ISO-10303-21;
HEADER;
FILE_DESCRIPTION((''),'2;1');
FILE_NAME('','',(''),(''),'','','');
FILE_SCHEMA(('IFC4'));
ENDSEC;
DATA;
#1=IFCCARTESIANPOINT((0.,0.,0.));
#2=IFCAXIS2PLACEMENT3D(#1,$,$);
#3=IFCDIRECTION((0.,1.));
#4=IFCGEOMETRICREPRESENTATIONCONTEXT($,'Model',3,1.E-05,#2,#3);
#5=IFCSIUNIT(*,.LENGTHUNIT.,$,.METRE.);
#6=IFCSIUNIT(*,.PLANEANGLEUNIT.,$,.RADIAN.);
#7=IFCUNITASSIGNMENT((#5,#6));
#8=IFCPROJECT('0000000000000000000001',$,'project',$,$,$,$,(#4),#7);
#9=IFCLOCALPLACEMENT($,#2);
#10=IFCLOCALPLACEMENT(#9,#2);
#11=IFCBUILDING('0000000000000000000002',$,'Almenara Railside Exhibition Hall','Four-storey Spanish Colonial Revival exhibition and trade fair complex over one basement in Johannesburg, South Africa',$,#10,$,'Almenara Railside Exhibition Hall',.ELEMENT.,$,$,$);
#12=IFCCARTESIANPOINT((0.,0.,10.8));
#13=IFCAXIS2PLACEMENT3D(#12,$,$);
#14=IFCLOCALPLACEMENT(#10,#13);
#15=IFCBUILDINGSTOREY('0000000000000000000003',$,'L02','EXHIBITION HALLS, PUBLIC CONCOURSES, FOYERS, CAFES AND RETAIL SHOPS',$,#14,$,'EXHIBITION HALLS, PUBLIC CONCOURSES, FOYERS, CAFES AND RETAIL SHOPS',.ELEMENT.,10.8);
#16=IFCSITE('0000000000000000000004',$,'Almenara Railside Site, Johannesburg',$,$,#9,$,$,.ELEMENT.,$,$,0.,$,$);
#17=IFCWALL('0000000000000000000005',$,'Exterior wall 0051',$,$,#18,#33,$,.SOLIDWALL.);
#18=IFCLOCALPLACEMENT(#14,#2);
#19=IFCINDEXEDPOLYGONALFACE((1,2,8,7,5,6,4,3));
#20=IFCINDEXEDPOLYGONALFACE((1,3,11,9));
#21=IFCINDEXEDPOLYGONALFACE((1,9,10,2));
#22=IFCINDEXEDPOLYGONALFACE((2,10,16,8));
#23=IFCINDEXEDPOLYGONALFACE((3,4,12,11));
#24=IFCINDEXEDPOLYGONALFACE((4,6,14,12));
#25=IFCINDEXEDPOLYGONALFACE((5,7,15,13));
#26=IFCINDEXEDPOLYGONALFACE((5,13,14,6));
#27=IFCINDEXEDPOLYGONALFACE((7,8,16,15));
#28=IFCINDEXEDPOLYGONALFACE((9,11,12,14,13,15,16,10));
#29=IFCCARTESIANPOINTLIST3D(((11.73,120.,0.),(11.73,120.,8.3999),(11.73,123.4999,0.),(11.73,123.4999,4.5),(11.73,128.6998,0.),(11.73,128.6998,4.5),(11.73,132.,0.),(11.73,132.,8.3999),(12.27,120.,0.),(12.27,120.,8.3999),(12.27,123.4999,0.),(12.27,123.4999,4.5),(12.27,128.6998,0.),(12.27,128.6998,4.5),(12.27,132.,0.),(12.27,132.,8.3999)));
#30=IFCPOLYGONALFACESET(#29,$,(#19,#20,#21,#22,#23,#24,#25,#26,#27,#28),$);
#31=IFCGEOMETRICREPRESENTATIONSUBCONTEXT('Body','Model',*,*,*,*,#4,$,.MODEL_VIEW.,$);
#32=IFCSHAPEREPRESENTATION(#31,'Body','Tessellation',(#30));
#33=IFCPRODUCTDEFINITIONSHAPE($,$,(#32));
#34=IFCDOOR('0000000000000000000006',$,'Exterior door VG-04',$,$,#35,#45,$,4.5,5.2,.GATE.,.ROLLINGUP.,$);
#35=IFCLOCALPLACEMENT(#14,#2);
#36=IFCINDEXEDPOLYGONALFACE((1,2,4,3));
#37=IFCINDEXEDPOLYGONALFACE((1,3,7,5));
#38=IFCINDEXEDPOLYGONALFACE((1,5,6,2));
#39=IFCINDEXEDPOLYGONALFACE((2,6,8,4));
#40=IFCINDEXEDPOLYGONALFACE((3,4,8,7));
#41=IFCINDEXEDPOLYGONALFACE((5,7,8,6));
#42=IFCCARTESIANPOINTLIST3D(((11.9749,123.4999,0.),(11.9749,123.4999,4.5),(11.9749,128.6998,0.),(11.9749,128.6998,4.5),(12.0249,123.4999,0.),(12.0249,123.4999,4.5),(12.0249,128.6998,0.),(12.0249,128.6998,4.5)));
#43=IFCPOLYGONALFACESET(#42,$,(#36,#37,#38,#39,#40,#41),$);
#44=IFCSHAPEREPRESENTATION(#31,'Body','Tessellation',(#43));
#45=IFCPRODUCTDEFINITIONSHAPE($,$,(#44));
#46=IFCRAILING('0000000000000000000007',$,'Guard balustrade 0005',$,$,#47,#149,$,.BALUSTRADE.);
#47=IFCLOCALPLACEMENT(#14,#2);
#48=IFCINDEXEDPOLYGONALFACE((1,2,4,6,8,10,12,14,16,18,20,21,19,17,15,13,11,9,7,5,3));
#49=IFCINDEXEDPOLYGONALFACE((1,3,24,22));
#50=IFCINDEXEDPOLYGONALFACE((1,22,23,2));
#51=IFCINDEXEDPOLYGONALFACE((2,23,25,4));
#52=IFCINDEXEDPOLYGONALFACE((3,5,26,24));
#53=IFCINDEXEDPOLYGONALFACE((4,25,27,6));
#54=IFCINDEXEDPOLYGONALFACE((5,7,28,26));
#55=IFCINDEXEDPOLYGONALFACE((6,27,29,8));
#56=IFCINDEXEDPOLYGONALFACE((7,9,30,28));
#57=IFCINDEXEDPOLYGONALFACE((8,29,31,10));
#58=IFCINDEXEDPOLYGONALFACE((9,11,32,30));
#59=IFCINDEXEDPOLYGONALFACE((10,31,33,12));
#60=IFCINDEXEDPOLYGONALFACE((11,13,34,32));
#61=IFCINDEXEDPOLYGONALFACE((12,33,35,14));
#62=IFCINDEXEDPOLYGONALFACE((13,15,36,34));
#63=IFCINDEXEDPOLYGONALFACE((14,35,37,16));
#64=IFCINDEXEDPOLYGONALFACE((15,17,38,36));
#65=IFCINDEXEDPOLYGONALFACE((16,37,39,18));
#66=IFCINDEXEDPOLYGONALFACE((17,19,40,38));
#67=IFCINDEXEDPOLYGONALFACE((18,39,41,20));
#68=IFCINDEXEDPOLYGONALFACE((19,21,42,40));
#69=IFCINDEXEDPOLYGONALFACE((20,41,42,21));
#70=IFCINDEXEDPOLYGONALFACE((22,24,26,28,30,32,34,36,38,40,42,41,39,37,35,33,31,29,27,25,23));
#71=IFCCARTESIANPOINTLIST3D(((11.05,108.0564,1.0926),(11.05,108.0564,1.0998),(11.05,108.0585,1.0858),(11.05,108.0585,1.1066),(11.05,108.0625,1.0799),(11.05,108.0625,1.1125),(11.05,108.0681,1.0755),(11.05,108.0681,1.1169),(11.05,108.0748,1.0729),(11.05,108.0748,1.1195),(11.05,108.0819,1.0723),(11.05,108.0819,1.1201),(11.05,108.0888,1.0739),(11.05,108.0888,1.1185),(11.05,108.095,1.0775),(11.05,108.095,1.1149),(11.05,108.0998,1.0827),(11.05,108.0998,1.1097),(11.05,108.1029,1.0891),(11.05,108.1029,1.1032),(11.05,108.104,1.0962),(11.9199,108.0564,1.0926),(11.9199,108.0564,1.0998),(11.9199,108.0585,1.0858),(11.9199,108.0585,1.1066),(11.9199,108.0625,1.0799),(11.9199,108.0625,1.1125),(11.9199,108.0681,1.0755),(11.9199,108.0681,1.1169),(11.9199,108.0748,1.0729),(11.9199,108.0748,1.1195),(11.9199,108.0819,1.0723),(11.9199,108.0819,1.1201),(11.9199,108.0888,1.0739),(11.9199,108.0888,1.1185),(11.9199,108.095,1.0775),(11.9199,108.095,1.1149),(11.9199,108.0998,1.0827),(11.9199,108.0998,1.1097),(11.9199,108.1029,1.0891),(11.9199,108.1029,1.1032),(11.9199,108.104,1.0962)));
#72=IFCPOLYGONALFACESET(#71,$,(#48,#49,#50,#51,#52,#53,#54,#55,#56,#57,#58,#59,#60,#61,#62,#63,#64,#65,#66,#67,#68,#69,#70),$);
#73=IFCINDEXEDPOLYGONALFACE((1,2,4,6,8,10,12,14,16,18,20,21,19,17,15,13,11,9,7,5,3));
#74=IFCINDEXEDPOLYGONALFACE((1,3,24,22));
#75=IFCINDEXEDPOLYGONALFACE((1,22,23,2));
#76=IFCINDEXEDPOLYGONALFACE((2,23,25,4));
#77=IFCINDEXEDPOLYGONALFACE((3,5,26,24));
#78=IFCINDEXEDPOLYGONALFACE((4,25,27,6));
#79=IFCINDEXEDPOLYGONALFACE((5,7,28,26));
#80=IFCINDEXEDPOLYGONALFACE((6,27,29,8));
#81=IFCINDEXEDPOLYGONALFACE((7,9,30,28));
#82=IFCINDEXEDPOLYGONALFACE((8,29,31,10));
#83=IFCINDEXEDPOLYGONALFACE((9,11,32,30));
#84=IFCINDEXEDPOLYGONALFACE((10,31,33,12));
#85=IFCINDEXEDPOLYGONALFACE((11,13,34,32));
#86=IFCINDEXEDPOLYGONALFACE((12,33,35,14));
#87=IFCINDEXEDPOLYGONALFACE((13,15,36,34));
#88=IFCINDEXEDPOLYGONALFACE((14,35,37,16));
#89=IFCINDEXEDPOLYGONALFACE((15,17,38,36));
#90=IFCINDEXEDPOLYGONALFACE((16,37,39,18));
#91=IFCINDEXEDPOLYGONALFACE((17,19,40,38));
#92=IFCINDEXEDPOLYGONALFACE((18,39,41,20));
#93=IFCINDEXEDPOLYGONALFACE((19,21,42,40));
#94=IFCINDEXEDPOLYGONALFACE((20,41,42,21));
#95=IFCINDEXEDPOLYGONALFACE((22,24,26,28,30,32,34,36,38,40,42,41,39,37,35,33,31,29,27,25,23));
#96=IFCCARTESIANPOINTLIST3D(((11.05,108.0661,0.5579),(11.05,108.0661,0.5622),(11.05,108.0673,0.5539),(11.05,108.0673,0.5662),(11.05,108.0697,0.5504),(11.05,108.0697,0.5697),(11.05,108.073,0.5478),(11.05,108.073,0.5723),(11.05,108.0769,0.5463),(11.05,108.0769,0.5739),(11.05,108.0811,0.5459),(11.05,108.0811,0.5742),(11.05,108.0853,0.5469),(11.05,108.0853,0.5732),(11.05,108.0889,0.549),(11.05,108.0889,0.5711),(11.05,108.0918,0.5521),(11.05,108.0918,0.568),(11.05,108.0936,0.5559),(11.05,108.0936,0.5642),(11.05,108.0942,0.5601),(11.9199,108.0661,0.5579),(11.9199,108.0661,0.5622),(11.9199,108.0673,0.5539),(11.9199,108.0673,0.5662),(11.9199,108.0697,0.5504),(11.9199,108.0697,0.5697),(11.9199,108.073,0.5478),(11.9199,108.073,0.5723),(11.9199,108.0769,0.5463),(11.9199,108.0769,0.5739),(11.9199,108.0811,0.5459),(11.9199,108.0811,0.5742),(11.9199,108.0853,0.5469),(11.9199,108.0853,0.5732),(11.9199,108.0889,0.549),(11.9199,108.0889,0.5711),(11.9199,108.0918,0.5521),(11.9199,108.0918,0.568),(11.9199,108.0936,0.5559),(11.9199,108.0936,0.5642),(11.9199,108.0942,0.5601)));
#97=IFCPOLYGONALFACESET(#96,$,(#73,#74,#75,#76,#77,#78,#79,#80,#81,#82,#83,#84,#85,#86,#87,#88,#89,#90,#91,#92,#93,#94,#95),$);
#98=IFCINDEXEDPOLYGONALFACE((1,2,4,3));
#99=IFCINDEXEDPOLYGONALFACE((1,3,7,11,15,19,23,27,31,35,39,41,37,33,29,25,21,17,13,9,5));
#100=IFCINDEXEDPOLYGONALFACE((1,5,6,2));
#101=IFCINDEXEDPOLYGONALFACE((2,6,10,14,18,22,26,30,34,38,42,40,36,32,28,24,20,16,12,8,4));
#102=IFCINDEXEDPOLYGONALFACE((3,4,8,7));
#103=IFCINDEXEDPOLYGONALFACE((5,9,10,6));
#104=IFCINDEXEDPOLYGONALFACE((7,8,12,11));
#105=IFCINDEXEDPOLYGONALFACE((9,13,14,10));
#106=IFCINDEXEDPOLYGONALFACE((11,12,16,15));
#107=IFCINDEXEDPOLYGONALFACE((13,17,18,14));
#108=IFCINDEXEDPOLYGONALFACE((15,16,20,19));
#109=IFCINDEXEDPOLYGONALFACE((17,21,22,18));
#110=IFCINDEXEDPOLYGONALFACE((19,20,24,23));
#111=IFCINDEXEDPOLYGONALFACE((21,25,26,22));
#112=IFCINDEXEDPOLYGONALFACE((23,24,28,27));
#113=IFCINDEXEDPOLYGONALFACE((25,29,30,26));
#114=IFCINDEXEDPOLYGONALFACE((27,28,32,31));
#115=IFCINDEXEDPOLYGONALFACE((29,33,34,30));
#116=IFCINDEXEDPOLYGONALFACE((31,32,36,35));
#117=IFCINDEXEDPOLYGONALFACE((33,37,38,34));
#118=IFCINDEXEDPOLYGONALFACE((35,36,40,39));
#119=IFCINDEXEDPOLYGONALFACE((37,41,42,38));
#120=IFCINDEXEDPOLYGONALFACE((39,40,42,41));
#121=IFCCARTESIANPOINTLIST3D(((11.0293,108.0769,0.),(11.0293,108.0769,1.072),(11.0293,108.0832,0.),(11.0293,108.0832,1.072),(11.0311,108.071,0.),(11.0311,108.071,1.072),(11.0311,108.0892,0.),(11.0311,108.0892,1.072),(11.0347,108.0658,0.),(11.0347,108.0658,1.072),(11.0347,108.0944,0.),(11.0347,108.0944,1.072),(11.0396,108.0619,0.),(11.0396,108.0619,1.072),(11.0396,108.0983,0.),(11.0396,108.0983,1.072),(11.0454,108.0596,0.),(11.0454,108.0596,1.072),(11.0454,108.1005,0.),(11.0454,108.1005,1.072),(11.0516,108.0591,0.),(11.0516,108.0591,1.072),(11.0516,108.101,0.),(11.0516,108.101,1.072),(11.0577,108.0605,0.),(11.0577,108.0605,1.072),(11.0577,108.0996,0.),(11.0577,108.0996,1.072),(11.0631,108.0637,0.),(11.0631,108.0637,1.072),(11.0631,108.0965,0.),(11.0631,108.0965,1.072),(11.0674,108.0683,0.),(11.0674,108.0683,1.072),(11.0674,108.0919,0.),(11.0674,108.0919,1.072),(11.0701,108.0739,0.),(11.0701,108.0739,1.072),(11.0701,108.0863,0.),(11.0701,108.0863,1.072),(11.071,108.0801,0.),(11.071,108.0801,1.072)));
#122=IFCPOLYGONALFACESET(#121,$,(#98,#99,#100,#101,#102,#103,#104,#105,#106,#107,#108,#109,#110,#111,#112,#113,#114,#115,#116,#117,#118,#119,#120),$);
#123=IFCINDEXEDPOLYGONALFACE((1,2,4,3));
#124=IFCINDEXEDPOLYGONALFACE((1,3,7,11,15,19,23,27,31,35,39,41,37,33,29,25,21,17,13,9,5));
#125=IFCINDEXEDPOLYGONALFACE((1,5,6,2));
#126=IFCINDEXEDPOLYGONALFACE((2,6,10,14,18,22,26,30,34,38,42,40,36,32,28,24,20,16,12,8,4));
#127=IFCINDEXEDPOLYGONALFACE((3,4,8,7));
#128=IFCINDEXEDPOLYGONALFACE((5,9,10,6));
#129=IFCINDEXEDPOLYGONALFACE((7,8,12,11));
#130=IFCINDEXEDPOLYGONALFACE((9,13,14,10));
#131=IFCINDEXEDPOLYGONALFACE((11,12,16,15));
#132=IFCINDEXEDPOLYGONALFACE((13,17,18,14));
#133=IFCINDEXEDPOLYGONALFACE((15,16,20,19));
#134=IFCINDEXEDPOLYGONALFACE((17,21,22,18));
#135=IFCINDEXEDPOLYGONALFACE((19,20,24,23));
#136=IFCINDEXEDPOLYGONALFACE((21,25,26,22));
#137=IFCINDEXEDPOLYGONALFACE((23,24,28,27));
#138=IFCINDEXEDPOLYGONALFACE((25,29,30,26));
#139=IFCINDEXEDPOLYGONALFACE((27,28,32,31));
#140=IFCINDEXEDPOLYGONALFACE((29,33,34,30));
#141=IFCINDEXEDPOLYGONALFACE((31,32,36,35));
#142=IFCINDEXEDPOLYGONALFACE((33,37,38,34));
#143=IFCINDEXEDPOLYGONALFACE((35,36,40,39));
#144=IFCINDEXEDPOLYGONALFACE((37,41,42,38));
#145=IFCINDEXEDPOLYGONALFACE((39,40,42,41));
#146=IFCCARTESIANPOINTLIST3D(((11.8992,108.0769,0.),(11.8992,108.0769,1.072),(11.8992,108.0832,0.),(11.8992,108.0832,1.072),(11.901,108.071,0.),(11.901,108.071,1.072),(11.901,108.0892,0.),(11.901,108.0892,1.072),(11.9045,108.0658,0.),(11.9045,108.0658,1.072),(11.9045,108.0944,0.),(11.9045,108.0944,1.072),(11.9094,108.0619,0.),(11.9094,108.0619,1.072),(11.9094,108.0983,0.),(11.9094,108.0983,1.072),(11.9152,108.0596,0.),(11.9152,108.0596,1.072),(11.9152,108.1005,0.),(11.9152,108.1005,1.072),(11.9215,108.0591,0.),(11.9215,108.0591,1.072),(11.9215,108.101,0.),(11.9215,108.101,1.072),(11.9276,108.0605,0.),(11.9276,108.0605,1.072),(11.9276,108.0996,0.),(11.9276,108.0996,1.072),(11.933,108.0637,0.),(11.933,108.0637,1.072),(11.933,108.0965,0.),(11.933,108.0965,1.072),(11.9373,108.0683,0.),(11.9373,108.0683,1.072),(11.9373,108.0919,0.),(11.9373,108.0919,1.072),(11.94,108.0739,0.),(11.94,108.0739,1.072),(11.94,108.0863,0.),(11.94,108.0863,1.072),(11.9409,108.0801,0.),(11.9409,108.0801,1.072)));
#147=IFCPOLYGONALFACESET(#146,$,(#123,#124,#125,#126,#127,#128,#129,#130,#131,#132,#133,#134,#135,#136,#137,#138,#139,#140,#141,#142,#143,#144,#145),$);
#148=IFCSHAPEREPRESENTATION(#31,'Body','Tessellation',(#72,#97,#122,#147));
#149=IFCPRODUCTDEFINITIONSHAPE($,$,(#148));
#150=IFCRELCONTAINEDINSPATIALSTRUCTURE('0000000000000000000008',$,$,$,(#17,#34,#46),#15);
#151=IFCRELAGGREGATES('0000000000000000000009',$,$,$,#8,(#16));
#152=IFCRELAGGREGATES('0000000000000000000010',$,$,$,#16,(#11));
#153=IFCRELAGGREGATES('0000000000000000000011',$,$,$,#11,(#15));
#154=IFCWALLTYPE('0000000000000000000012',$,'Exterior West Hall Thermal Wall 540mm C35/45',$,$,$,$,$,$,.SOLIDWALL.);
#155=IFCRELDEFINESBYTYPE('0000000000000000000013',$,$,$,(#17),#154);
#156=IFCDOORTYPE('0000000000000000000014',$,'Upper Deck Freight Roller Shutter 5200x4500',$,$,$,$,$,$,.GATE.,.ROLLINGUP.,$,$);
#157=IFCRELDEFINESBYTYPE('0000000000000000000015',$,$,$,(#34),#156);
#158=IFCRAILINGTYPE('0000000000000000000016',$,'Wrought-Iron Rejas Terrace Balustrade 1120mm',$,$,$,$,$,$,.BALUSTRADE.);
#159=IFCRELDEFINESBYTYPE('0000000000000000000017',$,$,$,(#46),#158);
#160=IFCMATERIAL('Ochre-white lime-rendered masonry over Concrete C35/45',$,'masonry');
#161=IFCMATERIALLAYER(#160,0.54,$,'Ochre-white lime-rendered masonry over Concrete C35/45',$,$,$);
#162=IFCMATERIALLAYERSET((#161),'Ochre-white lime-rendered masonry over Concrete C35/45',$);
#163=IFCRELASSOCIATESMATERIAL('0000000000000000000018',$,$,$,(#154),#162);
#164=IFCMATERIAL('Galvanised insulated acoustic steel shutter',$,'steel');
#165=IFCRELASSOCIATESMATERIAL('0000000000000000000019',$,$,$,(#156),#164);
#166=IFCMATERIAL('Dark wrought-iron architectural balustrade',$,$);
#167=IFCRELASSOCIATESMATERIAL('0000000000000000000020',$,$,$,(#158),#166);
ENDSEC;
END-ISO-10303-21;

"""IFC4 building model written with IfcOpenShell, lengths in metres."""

from ifc_helpers import new_model, si_unit, direction, frame, frame_2d, origin, origin_2d, place, context, subcontext, project, spatial, rectangle, circle, extrude, material, layer, layer_set, type_object, element, fill, save


model = new_model("IFC4")

# Units and contexts
model_context = context("Model", 3, precision=1e-05, world=origin(), true_north=direction((0.0, 1.0)))
body_context = subcontext(model_context, "Body", "Model", "MODEL_VIEW")
ifc_project = project(units=[si_unit("LENGTHUNIT", "METRE"), si_unit("PLANEANGLEUNIT", "RADIAN")], contexts=[model_context])

# Site, building, storey
site_placement = place(None, origin())
site = spatial("IfcSite", under=ifc_project, at=site_placement, Name="Almenara Railside Site, Johannesburg", CompositionType="ELEMENT", RefElevation=0.0)
building_placement = place(site_placement, origin())
building = spatial("IfcBuilding", under=site, at=building_placement, Name="Almenara Railside Exhibition Hall", Description="Four-storey Spanish Colonial Revival exhibition and trade fair complex over one basement in Johannesburg, South Africa", LongName="Almenara Railside Exhibition Hall", CompositionType="ELEMENT")
storey_placement = place(building_placement, frame((0.0, 0.0, 10.8)))
storey = spatial("IfcBuildingStorey", under=building, at=storey_placement, Name="L02", Description="EXHIBITION HALLS, PUBLIC CONCOURSES, FOYERS, CAFES AND RETAIL SHOPS", LongName="EXHIBITION HALLS, PUBLIC CONCOURSES, FOYERS, CAFES AND RETAIL SHOPS", CompositionType="ELEMENT", Elevation=10.8)

# Shared definitions
ifc_material_1 = material(Name="Ochre-white lime-rendered masonry over Concrete C35/45", Category="masonry")
ifc_layer_1 = layer(ifc_material_1, 0.54, Name="Ochre-white lime-rendered masonry over Concrete C35/45")
ifc_layer_set_1 = layer_set([ifc_layer_1], Name="Ochre-white lime-rendered masonry over Concrete C35/45")
wall_type_1 = type_object("IfcWallType", Name="Exterior West Hall Thermal Wall 540mm C35/45", PredefinedType="SOLIDWALL", material=ifc_layer_set_1)

# Wall, opening, door
ifc_material_2 = material(Name="Galvanised insulated acoustic steel shutter", Category="steel")
wall_1_placement = place(storey_placement, frame((12.0, 132.0, 0.0), z_axis=(0.0, 0.0, 1.0), x_axis=(0.0, -1.0, 0.0)))
wall_1 = element("IfcWall", 1, at=wall_1_placement, inside=storey, type_object=wall_type_1, Name="Exterior wall 0051", PredefinedType="SOLIDWALL", context=body_context, shape_type="SweptSolid", body=[
    extrude(rectangle(XDim=12.0, YDim=0.54, at=frame_2d((6.0, 0.0))), origin(), (0.0, 0.0, 1.0), 8.3999),
])
opening_1_placement = place(wall_1_placement, frame((3.3, 0.0, 0.0)))
opening_1 = element("IfcOpeningElement", 2, at=opening_1_placement, cuts=wall_1, PredefinedType="OPENING", context=body_context, shape_type="SweptSolid", body=[
    extrude(rectangle(XDim=5.2, YDim=4.5, at=frame_2d((2.6001, 2.25))), frame((0.0, 0.28, 0.0), z_axis=(0.0, -1.0, 0.0), x_axis=(1.0, 0.0, 0.0)), (0.0, 0.0, 1.0), 0.5601),
])
door_type_1 = type_object("IfcDoorType", Name="Upper Deck Freight Roller Shutter 5200x4500", OperationType="ROLLINGUP", PredefinedType="GATE", material=ifc_material_2)
door_1_placement = place(opening_1_placement, origin())
door_1 = element("IfcDoor", 3, at=door_1_placement, inside=storey, type_object=door_type_1, Name="Exterior door VG-04", OperationType="ROLLINGUP", OverallHeight=4.5, OverallWidth=5.2, PredefinedType="GATE", context=body_context, shape_type="SweptSolid", body=[
    extrude(rectangle(XDim=5.2, YDim=4.5, at=frame_2d((2.6001, 2.25))), frame((0.0, 0.0249, 0.0), z_axis=(0.0, -1.0, 0.0), x_axis=(1.0, 0.0, 0.0)), (0.0, 0.0, 1.0), 0.05),
])
fill(opening_1, door_1)

# Railing
ifc_material_3 = material(Name="Dark wrought-iron architectural balustrade")
railing_type = type_object("IfcRailingType", Name="Wrought-Iron Rejas Terrace Balustrade 1120mm", PredefinedType="BALUSTRADE", material=ifc_material_3)
railing_1_placement = place(storey_placement, frame((11.05, 108.0801, 0.0)))
element("IfcRailing", 4, at=railing_1_placement, inside=storey, type_object=railing_type, Name="Guard balustrade 0005", PredefinedType="BALUSTRADE", context=body_context, shape_type="SweptSolid", body=[
    extrude(circle(Radius=0.0239, at=origin_2d()), frame((0.0, 0.0, 1.0962), z_axis=(1.0, 0.0, 0.0), x_axis=(0.0, 1.0, 0.0)), (0.0, 0.0, 1.0), 0.8699),
    extrude(circle(Radius=0.0142, at=origin_2d()), frame((0.0, 0.0, 0.5601), z_axis=(1.0, 0.0, 0.0), x_axis=(0.0, 1.0, 0.0)), (0.0, 0.0, 1.0), 0.8699),
    extrude(circle(Radius=0.021, at=origin_2d()), origin(), (0.0, 0.0, 1.0), 1.072),
    extrude(circle(Radius=0.021, at=origin_2d()), frame((0.8699, 0.0, 0.0)), (0.0, 0.0, 1.0), 1.072),
])

save(model, "model.ifc")
